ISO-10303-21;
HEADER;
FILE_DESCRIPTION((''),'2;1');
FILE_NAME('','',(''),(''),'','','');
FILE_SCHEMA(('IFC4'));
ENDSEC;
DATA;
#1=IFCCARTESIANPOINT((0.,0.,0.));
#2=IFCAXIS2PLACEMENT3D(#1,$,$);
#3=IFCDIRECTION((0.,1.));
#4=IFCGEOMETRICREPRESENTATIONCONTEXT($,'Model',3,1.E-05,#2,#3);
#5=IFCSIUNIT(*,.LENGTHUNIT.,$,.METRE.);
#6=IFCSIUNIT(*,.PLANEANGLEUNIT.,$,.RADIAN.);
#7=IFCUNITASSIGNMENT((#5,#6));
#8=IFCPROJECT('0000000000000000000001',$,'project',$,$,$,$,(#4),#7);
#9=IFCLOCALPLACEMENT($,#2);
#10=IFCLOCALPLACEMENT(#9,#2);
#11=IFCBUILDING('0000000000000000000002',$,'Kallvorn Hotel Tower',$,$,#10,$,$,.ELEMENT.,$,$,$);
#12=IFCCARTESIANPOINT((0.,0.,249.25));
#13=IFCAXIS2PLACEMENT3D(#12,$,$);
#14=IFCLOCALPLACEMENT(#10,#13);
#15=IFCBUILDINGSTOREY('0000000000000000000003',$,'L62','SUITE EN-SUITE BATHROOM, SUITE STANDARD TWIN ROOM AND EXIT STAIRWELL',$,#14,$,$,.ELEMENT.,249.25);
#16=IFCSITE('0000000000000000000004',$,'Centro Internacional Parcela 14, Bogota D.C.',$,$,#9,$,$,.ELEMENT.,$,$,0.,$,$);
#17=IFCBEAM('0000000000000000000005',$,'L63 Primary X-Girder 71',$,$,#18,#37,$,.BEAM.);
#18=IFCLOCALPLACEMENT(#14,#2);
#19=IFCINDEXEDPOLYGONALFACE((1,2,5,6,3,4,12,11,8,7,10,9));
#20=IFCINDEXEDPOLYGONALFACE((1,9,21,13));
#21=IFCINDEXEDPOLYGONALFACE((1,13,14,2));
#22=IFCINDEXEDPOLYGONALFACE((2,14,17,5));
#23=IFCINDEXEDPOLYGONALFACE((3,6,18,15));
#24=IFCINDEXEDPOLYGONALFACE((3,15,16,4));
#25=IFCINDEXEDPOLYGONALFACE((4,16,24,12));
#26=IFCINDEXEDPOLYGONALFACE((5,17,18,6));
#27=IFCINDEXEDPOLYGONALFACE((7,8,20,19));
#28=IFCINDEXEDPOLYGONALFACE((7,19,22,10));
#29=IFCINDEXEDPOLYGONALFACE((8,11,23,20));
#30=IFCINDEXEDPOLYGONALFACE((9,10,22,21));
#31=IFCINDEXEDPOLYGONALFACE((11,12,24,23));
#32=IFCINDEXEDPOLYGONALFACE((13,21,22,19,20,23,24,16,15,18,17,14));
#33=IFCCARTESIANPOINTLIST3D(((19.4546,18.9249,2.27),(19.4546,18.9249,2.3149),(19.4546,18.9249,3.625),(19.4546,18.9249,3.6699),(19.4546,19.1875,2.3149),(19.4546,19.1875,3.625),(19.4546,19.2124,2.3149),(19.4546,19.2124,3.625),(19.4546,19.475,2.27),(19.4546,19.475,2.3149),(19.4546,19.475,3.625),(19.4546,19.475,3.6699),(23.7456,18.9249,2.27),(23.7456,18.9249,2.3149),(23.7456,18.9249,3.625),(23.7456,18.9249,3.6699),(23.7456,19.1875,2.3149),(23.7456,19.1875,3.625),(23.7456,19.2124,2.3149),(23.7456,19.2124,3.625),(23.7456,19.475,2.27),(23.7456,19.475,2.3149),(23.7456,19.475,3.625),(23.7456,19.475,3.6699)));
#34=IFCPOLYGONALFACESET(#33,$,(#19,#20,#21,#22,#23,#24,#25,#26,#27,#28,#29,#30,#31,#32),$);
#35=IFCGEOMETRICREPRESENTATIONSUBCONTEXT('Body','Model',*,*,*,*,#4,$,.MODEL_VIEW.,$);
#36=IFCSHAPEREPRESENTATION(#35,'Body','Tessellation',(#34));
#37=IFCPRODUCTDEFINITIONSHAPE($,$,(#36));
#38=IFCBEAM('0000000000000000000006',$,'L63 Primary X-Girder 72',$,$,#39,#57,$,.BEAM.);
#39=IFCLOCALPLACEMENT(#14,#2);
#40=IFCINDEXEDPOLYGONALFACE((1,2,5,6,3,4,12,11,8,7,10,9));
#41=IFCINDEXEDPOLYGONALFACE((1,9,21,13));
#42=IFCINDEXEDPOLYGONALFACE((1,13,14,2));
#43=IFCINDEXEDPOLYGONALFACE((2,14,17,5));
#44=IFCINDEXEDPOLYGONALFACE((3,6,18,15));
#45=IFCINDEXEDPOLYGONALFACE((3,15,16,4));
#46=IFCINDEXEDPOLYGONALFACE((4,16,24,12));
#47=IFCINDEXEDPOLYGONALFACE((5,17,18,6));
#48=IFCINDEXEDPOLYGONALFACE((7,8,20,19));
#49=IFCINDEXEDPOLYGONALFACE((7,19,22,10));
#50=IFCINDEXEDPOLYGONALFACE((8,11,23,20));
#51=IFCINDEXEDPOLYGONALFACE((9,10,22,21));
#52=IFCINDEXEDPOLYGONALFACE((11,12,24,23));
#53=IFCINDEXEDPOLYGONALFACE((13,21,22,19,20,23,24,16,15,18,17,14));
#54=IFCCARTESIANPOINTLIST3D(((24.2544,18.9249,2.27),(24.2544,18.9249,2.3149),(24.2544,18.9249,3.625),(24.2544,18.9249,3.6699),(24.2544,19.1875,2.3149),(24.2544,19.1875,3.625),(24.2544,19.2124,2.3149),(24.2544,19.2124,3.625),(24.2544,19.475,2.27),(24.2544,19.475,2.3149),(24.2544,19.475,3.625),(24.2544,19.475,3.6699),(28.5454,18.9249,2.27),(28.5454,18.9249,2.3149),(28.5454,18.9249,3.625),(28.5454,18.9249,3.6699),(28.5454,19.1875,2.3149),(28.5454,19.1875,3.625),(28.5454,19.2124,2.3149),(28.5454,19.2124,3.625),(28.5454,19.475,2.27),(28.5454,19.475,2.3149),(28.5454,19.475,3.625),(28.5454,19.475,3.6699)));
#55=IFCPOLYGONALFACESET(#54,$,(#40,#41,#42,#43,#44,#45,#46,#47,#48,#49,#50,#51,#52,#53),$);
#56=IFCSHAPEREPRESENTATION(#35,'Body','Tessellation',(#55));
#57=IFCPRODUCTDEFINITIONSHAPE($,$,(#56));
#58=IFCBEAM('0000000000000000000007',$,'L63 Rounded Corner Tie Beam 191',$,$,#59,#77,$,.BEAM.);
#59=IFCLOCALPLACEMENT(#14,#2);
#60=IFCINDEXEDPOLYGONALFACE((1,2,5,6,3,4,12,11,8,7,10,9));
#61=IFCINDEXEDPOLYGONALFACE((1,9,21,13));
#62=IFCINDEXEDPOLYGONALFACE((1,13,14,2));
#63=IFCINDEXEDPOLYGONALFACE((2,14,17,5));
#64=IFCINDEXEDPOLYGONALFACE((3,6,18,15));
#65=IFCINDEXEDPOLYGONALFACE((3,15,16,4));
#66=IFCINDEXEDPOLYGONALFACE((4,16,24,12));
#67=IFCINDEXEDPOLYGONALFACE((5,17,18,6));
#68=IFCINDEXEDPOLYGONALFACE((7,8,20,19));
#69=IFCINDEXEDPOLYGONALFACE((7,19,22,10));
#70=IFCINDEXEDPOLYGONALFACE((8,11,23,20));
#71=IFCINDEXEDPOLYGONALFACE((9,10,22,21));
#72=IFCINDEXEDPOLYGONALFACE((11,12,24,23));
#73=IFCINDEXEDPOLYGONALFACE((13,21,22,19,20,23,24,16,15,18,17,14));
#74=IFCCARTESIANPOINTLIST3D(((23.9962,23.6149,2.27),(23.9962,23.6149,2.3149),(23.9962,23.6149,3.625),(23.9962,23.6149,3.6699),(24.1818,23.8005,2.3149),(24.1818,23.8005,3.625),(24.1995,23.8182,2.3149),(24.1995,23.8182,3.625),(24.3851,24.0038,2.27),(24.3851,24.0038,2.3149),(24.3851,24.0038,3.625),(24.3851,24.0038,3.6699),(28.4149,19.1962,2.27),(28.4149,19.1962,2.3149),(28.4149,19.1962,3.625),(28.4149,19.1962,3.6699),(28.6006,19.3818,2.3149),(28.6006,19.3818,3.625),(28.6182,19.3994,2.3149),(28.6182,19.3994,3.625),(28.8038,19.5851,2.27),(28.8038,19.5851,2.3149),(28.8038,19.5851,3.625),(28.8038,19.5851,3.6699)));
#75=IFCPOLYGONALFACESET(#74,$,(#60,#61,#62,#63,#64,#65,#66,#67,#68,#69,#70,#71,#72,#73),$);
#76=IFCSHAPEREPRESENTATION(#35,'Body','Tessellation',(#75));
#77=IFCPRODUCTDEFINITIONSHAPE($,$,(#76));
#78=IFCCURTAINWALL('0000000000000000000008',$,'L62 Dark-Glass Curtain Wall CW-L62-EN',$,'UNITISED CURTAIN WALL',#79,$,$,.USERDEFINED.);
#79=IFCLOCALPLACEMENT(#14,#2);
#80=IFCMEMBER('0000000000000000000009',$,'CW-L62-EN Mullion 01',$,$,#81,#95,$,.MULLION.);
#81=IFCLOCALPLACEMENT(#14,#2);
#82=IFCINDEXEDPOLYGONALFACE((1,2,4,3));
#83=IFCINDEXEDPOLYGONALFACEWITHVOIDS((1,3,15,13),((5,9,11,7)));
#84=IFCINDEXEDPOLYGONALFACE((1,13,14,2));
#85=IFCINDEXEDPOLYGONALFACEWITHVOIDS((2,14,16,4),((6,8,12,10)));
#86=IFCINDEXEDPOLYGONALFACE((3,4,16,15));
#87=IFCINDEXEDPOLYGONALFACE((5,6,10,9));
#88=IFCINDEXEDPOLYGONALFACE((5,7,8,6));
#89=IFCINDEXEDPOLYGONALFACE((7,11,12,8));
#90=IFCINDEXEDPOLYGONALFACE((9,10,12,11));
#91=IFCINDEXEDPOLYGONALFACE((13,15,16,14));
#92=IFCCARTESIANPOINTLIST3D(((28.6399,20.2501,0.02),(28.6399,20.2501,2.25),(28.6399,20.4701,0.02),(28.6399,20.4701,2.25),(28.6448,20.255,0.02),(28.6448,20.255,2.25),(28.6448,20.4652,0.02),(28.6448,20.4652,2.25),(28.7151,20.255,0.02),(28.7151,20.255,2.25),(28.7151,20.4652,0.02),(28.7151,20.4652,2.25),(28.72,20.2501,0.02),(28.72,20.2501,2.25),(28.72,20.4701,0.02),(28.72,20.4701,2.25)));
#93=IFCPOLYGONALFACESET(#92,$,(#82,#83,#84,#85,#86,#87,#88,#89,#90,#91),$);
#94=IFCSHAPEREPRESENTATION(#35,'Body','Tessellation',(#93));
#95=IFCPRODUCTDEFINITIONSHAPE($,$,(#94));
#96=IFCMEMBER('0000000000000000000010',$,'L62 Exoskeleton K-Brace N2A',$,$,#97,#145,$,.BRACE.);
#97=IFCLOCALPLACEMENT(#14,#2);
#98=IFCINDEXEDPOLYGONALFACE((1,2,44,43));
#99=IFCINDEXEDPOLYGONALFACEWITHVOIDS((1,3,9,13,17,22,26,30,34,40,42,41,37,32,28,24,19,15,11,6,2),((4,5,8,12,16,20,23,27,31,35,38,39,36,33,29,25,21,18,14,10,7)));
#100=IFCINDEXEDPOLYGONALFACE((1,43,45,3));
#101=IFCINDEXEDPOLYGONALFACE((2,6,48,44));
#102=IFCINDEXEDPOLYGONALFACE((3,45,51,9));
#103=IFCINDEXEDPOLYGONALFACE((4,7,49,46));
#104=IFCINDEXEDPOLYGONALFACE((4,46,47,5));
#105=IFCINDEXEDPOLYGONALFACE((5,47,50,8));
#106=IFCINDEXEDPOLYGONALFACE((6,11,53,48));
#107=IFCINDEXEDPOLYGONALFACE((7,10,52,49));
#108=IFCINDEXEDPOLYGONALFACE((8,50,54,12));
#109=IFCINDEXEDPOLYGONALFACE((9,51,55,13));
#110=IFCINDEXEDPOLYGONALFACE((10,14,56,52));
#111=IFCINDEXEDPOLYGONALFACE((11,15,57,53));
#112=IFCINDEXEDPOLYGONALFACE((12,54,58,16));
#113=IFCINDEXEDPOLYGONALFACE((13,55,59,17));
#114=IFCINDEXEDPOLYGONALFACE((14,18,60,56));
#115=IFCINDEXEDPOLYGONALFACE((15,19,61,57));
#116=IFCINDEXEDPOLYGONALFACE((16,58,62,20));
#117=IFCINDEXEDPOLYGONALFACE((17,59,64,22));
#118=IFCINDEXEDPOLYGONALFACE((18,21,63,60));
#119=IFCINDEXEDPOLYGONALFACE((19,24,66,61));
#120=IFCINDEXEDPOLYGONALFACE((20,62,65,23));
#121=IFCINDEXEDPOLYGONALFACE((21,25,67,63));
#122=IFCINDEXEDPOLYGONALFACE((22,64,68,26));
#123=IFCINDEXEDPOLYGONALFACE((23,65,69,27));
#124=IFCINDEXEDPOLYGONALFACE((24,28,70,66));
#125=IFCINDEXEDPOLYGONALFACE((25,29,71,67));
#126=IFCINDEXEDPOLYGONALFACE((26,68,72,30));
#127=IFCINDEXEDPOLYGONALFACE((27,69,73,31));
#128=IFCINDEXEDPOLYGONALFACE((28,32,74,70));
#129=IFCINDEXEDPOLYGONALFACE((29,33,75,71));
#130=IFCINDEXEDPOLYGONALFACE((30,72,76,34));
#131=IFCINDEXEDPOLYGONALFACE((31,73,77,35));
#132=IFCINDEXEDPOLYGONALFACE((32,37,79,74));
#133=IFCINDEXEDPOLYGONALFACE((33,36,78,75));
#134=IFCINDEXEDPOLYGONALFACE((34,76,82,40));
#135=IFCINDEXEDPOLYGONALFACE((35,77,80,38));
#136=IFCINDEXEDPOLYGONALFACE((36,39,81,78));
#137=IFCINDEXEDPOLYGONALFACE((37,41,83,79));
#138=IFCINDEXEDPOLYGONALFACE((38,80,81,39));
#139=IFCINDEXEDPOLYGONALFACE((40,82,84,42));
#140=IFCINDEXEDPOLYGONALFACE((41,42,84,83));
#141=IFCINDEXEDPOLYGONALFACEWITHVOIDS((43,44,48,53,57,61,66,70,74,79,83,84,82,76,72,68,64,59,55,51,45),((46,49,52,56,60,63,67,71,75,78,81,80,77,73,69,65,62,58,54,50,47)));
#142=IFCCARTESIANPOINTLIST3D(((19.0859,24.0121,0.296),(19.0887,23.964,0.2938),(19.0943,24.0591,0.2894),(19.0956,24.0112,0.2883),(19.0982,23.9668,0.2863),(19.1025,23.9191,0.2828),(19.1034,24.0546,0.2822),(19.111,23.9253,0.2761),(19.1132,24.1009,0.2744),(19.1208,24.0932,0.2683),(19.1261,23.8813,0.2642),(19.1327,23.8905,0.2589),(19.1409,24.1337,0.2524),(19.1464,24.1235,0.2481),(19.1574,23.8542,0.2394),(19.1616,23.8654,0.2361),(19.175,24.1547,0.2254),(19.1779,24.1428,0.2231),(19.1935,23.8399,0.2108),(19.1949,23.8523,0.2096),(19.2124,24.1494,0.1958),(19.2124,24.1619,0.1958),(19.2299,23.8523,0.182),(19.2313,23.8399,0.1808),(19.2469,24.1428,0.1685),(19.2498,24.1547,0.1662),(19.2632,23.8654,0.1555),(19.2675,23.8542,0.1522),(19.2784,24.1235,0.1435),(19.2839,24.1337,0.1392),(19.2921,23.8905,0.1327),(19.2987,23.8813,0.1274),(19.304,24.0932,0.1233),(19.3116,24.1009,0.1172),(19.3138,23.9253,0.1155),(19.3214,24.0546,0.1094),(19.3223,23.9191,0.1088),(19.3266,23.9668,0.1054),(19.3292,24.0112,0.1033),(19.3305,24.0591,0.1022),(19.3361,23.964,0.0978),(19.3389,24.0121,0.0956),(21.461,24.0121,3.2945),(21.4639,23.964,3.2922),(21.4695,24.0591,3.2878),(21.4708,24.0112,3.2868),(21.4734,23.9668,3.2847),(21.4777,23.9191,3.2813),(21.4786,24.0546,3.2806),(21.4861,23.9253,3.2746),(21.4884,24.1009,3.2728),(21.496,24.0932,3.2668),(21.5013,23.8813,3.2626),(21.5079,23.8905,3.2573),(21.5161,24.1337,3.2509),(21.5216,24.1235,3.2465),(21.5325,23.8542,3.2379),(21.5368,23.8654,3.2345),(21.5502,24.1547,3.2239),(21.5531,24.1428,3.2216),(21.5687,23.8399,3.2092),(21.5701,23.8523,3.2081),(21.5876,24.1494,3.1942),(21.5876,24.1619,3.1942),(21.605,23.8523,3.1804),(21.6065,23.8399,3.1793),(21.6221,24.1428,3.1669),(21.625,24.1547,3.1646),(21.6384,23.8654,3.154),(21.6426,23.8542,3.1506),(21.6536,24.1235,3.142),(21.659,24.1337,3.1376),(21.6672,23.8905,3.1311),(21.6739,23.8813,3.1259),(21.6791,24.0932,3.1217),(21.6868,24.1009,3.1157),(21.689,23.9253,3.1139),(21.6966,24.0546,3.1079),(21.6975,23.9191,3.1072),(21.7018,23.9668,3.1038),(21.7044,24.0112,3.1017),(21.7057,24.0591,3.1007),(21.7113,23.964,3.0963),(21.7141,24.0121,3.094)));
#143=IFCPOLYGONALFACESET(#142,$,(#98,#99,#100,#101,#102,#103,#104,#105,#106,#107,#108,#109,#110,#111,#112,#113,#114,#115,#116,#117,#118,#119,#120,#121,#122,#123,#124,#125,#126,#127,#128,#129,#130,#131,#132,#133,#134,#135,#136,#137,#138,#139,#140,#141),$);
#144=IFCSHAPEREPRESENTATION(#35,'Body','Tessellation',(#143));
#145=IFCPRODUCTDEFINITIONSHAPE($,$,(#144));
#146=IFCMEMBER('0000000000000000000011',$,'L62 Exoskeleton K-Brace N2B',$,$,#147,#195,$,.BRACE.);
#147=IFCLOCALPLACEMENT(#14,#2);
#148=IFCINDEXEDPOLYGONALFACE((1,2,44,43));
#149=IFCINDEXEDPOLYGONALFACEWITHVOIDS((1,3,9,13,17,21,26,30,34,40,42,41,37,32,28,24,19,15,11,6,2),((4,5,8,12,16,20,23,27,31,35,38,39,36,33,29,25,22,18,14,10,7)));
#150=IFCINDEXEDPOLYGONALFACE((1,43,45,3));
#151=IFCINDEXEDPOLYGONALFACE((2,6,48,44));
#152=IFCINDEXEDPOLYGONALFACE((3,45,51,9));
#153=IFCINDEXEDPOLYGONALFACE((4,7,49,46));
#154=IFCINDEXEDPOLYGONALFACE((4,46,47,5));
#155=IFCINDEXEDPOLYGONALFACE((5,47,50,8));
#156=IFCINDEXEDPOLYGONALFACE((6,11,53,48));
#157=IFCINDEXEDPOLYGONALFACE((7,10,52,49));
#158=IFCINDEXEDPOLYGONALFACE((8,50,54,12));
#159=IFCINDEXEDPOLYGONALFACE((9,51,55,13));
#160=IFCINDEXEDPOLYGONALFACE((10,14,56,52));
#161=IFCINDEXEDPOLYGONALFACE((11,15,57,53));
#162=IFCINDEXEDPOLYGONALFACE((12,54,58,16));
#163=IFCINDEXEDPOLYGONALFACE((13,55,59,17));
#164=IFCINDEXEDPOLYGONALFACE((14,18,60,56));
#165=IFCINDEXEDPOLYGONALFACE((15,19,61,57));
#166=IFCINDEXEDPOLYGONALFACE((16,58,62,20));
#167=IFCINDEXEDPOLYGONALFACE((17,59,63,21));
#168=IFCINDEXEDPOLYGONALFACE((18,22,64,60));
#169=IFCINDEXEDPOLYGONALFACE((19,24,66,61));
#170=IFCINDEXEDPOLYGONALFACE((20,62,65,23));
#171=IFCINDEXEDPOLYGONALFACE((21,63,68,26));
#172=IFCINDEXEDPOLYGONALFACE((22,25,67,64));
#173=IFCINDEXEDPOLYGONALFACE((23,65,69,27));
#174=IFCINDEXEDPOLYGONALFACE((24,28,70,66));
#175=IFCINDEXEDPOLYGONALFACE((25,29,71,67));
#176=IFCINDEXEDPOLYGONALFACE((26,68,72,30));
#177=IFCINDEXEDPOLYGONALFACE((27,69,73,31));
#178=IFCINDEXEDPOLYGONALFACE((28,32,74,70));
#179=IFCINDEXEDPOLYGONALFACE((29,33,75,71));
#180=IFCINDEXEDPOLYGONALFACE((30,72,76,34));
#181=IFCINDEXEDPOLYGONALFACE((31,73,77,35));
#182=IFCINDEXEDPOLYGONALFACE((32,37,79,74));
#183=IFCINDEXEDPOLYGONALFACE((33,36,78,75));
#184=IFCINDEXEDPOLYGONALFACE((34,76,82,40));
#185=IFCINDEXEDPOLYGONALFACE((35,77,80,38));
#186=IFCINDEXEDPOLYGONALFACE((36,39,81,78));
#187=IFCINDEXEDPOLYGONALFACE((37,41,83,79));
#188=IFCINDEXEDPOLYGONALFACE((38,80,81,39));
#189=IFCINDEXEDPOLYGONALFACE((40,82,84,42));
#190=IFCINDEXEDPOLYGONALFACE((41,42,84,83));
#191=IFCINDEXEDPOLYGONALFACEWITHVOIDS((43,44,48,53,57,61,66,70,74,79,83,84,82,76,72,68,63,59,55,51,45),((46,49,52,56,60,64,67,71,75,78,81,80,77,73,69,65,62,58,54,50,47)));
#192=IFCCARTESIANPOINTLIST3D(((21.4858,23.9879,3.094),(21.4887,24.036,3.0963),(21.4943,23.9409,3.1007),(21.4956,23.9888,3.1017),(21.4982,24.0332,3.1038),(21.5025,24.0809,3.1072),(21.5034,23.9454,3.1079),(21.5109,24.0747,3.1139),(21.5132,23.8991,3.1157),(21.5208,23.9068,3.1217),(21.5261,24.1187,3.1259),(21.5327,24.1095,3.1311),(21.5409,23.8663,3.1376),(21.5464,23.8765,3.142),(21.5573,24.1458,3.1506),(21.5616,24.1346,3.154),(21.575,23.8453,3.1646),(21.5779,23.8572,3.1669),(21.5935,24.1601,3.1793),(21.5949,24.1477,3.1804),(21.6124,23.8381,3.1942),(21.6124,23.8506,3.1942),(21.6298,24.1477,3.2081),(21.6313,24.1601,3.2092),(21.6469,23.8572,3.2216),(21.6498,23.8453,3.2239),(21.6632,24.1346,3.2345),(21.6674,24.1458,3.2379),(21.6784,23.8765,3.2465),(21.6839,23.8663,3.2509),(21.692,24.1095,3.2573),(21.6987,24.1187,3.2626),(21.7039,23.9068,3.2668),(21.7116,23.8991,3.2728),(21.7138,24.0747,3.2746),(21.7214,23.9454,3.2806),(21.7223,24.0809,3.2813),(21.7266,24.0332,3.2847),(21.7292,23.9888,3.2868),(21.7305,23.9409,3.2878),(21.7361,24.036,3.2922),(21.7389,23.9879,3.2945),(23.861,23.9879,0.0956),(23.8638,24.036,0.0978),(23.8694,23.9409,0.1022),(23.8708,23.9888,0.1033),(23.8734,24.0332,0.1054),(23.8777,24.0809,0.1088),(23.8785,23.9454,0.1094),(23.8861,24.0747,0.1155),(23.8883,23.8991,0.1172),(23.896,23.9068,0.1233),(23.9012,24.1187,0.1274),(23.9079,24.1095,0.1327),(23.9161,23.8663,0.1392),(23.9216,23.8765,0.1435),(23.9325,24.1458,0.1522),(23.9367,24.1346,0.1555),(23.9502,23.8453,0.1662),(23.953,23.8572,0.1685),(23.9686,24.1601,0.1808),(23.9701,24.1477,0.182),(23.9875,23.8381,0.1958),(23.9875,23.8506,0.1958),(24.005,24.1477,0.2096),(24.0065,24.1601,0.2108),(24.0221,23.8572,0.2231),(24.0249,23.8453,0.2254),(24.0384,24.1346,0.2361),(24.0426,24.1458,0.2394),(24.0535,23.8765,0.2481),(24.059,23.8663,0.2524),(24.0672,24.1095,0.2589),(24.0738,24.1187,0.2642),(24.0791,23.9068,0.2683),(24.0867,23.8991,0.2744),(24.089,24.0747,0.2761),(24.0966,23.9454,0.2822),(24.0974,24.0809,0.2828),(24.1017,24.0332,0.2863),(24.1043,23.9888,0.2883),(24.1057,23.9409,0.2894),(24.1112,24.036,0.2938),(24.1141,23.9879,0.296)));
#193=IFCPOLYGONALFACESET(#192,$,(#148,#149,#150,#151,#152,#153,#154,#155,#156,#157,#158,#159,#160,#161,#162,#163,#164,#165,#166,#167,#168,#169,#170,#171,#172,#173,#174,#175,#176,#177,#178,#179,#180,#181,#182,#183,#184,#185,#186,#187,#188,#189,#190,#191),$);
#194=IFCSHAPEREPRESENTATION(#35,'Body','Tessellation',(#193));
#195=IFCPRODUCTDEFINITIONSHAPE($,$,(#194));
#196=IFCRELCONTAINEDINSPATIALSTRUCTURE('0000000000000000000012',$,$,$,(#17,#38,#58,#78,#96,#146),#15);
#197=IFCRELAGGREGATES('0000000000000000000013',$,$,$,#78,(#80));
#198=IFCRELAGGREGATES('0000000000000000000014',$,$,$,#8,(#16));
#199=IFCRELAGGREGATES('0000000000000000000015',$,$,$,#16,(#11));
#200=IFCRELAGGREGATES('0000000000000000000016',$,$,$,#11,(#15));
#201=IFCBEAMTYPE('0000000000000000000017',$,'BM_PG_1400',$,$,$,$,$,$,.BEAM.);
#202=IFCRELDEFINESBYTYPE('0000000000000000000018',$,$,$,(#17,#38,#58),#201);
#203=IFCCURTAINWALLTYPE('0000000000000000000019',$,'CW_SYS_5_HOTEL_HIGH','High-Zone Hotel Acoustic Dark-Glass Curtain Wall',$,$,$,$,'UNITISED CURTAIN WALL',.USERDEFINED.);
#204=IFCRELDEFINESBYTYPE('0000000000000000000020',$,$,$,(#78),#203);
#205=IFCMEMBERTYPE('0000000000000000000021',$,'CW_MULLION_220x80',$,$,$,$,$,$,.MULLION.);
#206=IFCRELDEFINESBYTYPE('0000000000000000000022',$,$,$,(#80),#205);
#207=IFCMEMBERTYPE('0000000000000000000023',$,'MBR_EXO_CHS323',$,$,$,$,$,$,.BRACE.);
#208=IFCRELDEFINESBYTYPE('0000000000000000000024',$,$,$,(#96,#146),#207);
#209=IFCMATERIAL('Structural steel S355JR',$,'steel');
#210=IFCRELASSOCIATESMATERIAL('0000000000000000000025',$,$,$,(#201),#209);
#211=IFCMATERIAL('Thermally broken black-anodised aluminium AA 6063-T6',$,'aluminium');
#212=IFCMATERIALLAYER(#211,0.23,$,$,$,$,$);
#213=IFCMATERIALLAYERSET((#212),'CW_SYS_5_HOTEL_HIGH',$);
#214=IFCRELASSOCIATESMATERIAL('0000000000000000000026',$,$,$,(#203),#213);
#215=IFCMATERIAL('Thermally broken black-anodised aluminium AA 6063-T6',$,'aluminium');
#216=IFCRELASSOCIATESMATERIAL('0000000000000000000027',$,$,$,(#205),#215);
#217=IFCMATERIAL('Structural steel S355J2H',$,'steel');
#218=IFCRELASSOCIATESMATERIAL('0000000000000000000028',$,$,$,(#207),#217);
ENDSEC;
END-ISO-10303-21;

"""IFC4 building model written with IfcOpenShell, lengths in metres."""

from ifc_helpers import new_model, si_unit, direction, frame, origin, origin_2d, place, context, subcontext, project, spatial, hollow_rectangle, hollow_circle, i_section, extrude, material, layer, layer_set, material_profile, profile_set, type_object, element, aggregate, save


model = new_model("IFC4")

# Units and contexts
model_context = context("Model", 3, precision=1e-05, world=origin(), true_north=direction((0.0, 1.0)))
body_context = subcontext(model_context, "Body", "Model", "MODEL_VIEW")
ifc_project = project(units=[si_unit("LENGTHUNIT", "METRE"), si_unit("PLANEANGLEUNIT", "RADIAN")], contexts=[model_context])

# Site, building, storey
site_placement = place(None, origin())
site = spatial("IfcSite", under=ifc_project, at=site_placement, Name="Centro Internacional Parcela 14, Bogota D.C.", CompositionType="ELEMENT", RefElevation=0.0)
building_placement = place(site_placement, origin())
building = spatial("IfcBuilding", under=site, at=building_placement, Name="Kallvorn Hotel Tower", CompositionType="ELEMENT")
storey_placement = place(building_placement, frame((0.0, 0.0, 249.25)))
storey = spatial("IfcBuildingStorey", under=building, at=storey_placement, Name="L62", Description="SUITE EN-SUITE BATHROOM, SUITE STANDARD TWIN ROOM AND EXIT STAIRWELL", CompositionType="ELEMENT", Elevation=249.25)

# Beams
ifc_material_1 = material(Name="Structural steel S355JR", Category="steel")
ifc_material_profile_1 = material_profile(ifc_material_1, i_section(OverallWidth=0.55, OverallDepth=1.3999, WebThickness=0.0249, FlangeThickness=0.0449, at=origin_2d()), Name="PG 1400x550x25x45")
ifc_profile_set_1 = profile_set([ifc_material_profile_1], Name="Structural steel S355JR")
beam_type_1 = type_object("IfcBeamType", Name="BM_PG_1400", PredefinedType="BEAM", material=ifc_profile_set_1)
for number, where, z_axis, x_axis, name in (
    (1, (19.4546, 19.2, 2.97), (1.0, 0.0, 0.0), (0.0, 1.0, 0.0), "L63 Primary X-Girder 71"),
    (2, (24.2544, 19.2, 2.97), (1.0, 0.0, 0.0), (0.0, 1.0, 0.0), "L63 Primary X-Girder 72"),
):
    element("IfcBeam", number, at=place(storey_placement, frame(where, z_axis=z_axis, x_axis=x_axis)), inside=storey, type_object=beam_type_1, Name=name, PredefinedType="BEAM", context=body_context, shape_type="SweptSolid", body=[
        extrude(i_section(OverallWidth=0.55, OverallDepth=1.3999, WebThickness=0.0249, FlangeThickness=0.0449, at=origin_2d()), origin(), (0.0, 0.0, 1.0), 4.291),
    ])
beam_1_placement = place(storey_placement, frame((28.6094, 19.3906, 2.97), z_axis=(-0.707107, 0.707107, 0.0), x_axis=(-0.707107, -0.707107, 0.0)))
element("IfcBeam", 3, at=beam_1_placement, inside=storey, type_object=beam_type_1, Name="L63 Rounded Corner Tie Beam 191", PredefinedType="BEAM", context=body_context, shape_type="SweptSolid", body=[
    extrude(i_section(OverallWidth=0.55, OverallDepth=1.3999, WebThickness=0.0249, FlangeThickness=0.0449, at=origin_2d()), origin(), (0.0, 0.0, 1.0), 6.249),
])

# Curtain wall, member
ifc_material_2 = material(Name="Thermally broken black-anodised aluminium AA 6063-T6", Category="aluminium")
ifc_layer_1 = layer(ifc_material_2, 0.23)
ifc_layer_set_1 = layer_set([ifc_layer_1], Name="CW_SYS_5_HOTEL_HIGH")
curtain_wall_type = type_object("IfcCurtainWallType", Name="CW_SYS_5_HOTEL_HIGH", Description="High-Zone Hotel Acoustic Dark-Glass Curtain Wall", ElementType="UNITISED CURTAIN WALL", PredefinedType="USERDEFINED", material=ifc_layer_set_1)
curtain_wall_placement = place(storey_placement, origin())
curtain_wall = element("IfcCurtainWall", 4, at=curtain_wall_placement, inside=storey, type_object=curtain_wall_type, Name="L62 Dark-Glass Curtain Wall CW-L62-EN", ObjectType="UNITISED CURTAIN WALL", PredefinedType="USERDEFINED")
ifc_material_3 = material(Name="Thermally broken black-anodised aluminium AA 6063-T6", Category="aluminium")
ifc_material_profile_2 = material_profile(ifc_material_3, hollow_rectangle(XDim=0.0801, YDim=0.22, WallThickness=0.0049, at=origin_2d()), Name="MUL 220x80")
ifc_profile_set_2 = profile_set([ifc_material_profile_2], Name="Thermally broken black-anodised aluminium AA 6063-T6")
member_type_1 = type_object("IfcMemberType", Name="CW_MULLION_220x80", PredefinedType="MULLION", material=ifc_profile_set_2)
member_placement = place(storey_placement, frame((28.6799, 20.3601, 0.02), z_axis=(0.0, 0.0, 1.0), x_axis=(1.0, 0.0, 0.0)))
member = element("IfcMember", 5, at=member_placement, type_object=member_type_1, Name="CW-L62-EN Mullion 01", PredefinedType="MULLION", context=body_context, shape_type="SweptSolid", body=[
    extrude(hollow_rectangle(XDim=0.0801, YDim=0.22, WallThickness=0.0049, at=origin_2d()), origin(), (0.0, 0.0, 1.0), 2.23),
])
aggregate(curtain_wall, [member])

# Members
ifc_material_4 = material(Name="Structural steel S355J2H", Category="steel")
ifc_material_profile_3 = material_profile(ifc_material_4, hollow_circle(Radius=0.1619, WallThickness=0.0125, at=origin_2d()), Name="CHS 323.9x12.5")
ifc_profile_set_3 = profile_set([ifc_material_profile_3], Name="Structural steel S355J2H")
member_type_2 = type_object("IfcMemberType", Name="MBR_EXO_CHS323", PredefinedType="BRACE", material=ifc_profile_set_3)
for number, where, z_axis, x_axis, name in (
    (6, (19.2124, 24.0, 0.1958), (0.620929, 0.0, 0.783867), (0.0, 1.0, 0.0), "L62 Exoskeleton K-Brace N2A"),
    (7, (23.9875, 24.0, 0.1958), (-0.620929, 0.0, 0.783867), (0.0, -1.0, 0.0), "L62 Exoskeleton K-Brace N2B"),
):
    element("IfcMember", number, at=place(storey_placement, frame(where, z_axis=z_axis, x_axis=x_axis)), inside=storey, type_object=member_type_2, Name=name, PredefinedType="BRACE", context=body_context, shape_type="SweptSolid", body=[
        extrude(hollow_circle(Radius=0.1619, WallThickness=0.0125, at=origin_2d()), origin(), (0.0, 0.0, 1.0), 3.8252),
    ])

save(model, "model.ifc")
